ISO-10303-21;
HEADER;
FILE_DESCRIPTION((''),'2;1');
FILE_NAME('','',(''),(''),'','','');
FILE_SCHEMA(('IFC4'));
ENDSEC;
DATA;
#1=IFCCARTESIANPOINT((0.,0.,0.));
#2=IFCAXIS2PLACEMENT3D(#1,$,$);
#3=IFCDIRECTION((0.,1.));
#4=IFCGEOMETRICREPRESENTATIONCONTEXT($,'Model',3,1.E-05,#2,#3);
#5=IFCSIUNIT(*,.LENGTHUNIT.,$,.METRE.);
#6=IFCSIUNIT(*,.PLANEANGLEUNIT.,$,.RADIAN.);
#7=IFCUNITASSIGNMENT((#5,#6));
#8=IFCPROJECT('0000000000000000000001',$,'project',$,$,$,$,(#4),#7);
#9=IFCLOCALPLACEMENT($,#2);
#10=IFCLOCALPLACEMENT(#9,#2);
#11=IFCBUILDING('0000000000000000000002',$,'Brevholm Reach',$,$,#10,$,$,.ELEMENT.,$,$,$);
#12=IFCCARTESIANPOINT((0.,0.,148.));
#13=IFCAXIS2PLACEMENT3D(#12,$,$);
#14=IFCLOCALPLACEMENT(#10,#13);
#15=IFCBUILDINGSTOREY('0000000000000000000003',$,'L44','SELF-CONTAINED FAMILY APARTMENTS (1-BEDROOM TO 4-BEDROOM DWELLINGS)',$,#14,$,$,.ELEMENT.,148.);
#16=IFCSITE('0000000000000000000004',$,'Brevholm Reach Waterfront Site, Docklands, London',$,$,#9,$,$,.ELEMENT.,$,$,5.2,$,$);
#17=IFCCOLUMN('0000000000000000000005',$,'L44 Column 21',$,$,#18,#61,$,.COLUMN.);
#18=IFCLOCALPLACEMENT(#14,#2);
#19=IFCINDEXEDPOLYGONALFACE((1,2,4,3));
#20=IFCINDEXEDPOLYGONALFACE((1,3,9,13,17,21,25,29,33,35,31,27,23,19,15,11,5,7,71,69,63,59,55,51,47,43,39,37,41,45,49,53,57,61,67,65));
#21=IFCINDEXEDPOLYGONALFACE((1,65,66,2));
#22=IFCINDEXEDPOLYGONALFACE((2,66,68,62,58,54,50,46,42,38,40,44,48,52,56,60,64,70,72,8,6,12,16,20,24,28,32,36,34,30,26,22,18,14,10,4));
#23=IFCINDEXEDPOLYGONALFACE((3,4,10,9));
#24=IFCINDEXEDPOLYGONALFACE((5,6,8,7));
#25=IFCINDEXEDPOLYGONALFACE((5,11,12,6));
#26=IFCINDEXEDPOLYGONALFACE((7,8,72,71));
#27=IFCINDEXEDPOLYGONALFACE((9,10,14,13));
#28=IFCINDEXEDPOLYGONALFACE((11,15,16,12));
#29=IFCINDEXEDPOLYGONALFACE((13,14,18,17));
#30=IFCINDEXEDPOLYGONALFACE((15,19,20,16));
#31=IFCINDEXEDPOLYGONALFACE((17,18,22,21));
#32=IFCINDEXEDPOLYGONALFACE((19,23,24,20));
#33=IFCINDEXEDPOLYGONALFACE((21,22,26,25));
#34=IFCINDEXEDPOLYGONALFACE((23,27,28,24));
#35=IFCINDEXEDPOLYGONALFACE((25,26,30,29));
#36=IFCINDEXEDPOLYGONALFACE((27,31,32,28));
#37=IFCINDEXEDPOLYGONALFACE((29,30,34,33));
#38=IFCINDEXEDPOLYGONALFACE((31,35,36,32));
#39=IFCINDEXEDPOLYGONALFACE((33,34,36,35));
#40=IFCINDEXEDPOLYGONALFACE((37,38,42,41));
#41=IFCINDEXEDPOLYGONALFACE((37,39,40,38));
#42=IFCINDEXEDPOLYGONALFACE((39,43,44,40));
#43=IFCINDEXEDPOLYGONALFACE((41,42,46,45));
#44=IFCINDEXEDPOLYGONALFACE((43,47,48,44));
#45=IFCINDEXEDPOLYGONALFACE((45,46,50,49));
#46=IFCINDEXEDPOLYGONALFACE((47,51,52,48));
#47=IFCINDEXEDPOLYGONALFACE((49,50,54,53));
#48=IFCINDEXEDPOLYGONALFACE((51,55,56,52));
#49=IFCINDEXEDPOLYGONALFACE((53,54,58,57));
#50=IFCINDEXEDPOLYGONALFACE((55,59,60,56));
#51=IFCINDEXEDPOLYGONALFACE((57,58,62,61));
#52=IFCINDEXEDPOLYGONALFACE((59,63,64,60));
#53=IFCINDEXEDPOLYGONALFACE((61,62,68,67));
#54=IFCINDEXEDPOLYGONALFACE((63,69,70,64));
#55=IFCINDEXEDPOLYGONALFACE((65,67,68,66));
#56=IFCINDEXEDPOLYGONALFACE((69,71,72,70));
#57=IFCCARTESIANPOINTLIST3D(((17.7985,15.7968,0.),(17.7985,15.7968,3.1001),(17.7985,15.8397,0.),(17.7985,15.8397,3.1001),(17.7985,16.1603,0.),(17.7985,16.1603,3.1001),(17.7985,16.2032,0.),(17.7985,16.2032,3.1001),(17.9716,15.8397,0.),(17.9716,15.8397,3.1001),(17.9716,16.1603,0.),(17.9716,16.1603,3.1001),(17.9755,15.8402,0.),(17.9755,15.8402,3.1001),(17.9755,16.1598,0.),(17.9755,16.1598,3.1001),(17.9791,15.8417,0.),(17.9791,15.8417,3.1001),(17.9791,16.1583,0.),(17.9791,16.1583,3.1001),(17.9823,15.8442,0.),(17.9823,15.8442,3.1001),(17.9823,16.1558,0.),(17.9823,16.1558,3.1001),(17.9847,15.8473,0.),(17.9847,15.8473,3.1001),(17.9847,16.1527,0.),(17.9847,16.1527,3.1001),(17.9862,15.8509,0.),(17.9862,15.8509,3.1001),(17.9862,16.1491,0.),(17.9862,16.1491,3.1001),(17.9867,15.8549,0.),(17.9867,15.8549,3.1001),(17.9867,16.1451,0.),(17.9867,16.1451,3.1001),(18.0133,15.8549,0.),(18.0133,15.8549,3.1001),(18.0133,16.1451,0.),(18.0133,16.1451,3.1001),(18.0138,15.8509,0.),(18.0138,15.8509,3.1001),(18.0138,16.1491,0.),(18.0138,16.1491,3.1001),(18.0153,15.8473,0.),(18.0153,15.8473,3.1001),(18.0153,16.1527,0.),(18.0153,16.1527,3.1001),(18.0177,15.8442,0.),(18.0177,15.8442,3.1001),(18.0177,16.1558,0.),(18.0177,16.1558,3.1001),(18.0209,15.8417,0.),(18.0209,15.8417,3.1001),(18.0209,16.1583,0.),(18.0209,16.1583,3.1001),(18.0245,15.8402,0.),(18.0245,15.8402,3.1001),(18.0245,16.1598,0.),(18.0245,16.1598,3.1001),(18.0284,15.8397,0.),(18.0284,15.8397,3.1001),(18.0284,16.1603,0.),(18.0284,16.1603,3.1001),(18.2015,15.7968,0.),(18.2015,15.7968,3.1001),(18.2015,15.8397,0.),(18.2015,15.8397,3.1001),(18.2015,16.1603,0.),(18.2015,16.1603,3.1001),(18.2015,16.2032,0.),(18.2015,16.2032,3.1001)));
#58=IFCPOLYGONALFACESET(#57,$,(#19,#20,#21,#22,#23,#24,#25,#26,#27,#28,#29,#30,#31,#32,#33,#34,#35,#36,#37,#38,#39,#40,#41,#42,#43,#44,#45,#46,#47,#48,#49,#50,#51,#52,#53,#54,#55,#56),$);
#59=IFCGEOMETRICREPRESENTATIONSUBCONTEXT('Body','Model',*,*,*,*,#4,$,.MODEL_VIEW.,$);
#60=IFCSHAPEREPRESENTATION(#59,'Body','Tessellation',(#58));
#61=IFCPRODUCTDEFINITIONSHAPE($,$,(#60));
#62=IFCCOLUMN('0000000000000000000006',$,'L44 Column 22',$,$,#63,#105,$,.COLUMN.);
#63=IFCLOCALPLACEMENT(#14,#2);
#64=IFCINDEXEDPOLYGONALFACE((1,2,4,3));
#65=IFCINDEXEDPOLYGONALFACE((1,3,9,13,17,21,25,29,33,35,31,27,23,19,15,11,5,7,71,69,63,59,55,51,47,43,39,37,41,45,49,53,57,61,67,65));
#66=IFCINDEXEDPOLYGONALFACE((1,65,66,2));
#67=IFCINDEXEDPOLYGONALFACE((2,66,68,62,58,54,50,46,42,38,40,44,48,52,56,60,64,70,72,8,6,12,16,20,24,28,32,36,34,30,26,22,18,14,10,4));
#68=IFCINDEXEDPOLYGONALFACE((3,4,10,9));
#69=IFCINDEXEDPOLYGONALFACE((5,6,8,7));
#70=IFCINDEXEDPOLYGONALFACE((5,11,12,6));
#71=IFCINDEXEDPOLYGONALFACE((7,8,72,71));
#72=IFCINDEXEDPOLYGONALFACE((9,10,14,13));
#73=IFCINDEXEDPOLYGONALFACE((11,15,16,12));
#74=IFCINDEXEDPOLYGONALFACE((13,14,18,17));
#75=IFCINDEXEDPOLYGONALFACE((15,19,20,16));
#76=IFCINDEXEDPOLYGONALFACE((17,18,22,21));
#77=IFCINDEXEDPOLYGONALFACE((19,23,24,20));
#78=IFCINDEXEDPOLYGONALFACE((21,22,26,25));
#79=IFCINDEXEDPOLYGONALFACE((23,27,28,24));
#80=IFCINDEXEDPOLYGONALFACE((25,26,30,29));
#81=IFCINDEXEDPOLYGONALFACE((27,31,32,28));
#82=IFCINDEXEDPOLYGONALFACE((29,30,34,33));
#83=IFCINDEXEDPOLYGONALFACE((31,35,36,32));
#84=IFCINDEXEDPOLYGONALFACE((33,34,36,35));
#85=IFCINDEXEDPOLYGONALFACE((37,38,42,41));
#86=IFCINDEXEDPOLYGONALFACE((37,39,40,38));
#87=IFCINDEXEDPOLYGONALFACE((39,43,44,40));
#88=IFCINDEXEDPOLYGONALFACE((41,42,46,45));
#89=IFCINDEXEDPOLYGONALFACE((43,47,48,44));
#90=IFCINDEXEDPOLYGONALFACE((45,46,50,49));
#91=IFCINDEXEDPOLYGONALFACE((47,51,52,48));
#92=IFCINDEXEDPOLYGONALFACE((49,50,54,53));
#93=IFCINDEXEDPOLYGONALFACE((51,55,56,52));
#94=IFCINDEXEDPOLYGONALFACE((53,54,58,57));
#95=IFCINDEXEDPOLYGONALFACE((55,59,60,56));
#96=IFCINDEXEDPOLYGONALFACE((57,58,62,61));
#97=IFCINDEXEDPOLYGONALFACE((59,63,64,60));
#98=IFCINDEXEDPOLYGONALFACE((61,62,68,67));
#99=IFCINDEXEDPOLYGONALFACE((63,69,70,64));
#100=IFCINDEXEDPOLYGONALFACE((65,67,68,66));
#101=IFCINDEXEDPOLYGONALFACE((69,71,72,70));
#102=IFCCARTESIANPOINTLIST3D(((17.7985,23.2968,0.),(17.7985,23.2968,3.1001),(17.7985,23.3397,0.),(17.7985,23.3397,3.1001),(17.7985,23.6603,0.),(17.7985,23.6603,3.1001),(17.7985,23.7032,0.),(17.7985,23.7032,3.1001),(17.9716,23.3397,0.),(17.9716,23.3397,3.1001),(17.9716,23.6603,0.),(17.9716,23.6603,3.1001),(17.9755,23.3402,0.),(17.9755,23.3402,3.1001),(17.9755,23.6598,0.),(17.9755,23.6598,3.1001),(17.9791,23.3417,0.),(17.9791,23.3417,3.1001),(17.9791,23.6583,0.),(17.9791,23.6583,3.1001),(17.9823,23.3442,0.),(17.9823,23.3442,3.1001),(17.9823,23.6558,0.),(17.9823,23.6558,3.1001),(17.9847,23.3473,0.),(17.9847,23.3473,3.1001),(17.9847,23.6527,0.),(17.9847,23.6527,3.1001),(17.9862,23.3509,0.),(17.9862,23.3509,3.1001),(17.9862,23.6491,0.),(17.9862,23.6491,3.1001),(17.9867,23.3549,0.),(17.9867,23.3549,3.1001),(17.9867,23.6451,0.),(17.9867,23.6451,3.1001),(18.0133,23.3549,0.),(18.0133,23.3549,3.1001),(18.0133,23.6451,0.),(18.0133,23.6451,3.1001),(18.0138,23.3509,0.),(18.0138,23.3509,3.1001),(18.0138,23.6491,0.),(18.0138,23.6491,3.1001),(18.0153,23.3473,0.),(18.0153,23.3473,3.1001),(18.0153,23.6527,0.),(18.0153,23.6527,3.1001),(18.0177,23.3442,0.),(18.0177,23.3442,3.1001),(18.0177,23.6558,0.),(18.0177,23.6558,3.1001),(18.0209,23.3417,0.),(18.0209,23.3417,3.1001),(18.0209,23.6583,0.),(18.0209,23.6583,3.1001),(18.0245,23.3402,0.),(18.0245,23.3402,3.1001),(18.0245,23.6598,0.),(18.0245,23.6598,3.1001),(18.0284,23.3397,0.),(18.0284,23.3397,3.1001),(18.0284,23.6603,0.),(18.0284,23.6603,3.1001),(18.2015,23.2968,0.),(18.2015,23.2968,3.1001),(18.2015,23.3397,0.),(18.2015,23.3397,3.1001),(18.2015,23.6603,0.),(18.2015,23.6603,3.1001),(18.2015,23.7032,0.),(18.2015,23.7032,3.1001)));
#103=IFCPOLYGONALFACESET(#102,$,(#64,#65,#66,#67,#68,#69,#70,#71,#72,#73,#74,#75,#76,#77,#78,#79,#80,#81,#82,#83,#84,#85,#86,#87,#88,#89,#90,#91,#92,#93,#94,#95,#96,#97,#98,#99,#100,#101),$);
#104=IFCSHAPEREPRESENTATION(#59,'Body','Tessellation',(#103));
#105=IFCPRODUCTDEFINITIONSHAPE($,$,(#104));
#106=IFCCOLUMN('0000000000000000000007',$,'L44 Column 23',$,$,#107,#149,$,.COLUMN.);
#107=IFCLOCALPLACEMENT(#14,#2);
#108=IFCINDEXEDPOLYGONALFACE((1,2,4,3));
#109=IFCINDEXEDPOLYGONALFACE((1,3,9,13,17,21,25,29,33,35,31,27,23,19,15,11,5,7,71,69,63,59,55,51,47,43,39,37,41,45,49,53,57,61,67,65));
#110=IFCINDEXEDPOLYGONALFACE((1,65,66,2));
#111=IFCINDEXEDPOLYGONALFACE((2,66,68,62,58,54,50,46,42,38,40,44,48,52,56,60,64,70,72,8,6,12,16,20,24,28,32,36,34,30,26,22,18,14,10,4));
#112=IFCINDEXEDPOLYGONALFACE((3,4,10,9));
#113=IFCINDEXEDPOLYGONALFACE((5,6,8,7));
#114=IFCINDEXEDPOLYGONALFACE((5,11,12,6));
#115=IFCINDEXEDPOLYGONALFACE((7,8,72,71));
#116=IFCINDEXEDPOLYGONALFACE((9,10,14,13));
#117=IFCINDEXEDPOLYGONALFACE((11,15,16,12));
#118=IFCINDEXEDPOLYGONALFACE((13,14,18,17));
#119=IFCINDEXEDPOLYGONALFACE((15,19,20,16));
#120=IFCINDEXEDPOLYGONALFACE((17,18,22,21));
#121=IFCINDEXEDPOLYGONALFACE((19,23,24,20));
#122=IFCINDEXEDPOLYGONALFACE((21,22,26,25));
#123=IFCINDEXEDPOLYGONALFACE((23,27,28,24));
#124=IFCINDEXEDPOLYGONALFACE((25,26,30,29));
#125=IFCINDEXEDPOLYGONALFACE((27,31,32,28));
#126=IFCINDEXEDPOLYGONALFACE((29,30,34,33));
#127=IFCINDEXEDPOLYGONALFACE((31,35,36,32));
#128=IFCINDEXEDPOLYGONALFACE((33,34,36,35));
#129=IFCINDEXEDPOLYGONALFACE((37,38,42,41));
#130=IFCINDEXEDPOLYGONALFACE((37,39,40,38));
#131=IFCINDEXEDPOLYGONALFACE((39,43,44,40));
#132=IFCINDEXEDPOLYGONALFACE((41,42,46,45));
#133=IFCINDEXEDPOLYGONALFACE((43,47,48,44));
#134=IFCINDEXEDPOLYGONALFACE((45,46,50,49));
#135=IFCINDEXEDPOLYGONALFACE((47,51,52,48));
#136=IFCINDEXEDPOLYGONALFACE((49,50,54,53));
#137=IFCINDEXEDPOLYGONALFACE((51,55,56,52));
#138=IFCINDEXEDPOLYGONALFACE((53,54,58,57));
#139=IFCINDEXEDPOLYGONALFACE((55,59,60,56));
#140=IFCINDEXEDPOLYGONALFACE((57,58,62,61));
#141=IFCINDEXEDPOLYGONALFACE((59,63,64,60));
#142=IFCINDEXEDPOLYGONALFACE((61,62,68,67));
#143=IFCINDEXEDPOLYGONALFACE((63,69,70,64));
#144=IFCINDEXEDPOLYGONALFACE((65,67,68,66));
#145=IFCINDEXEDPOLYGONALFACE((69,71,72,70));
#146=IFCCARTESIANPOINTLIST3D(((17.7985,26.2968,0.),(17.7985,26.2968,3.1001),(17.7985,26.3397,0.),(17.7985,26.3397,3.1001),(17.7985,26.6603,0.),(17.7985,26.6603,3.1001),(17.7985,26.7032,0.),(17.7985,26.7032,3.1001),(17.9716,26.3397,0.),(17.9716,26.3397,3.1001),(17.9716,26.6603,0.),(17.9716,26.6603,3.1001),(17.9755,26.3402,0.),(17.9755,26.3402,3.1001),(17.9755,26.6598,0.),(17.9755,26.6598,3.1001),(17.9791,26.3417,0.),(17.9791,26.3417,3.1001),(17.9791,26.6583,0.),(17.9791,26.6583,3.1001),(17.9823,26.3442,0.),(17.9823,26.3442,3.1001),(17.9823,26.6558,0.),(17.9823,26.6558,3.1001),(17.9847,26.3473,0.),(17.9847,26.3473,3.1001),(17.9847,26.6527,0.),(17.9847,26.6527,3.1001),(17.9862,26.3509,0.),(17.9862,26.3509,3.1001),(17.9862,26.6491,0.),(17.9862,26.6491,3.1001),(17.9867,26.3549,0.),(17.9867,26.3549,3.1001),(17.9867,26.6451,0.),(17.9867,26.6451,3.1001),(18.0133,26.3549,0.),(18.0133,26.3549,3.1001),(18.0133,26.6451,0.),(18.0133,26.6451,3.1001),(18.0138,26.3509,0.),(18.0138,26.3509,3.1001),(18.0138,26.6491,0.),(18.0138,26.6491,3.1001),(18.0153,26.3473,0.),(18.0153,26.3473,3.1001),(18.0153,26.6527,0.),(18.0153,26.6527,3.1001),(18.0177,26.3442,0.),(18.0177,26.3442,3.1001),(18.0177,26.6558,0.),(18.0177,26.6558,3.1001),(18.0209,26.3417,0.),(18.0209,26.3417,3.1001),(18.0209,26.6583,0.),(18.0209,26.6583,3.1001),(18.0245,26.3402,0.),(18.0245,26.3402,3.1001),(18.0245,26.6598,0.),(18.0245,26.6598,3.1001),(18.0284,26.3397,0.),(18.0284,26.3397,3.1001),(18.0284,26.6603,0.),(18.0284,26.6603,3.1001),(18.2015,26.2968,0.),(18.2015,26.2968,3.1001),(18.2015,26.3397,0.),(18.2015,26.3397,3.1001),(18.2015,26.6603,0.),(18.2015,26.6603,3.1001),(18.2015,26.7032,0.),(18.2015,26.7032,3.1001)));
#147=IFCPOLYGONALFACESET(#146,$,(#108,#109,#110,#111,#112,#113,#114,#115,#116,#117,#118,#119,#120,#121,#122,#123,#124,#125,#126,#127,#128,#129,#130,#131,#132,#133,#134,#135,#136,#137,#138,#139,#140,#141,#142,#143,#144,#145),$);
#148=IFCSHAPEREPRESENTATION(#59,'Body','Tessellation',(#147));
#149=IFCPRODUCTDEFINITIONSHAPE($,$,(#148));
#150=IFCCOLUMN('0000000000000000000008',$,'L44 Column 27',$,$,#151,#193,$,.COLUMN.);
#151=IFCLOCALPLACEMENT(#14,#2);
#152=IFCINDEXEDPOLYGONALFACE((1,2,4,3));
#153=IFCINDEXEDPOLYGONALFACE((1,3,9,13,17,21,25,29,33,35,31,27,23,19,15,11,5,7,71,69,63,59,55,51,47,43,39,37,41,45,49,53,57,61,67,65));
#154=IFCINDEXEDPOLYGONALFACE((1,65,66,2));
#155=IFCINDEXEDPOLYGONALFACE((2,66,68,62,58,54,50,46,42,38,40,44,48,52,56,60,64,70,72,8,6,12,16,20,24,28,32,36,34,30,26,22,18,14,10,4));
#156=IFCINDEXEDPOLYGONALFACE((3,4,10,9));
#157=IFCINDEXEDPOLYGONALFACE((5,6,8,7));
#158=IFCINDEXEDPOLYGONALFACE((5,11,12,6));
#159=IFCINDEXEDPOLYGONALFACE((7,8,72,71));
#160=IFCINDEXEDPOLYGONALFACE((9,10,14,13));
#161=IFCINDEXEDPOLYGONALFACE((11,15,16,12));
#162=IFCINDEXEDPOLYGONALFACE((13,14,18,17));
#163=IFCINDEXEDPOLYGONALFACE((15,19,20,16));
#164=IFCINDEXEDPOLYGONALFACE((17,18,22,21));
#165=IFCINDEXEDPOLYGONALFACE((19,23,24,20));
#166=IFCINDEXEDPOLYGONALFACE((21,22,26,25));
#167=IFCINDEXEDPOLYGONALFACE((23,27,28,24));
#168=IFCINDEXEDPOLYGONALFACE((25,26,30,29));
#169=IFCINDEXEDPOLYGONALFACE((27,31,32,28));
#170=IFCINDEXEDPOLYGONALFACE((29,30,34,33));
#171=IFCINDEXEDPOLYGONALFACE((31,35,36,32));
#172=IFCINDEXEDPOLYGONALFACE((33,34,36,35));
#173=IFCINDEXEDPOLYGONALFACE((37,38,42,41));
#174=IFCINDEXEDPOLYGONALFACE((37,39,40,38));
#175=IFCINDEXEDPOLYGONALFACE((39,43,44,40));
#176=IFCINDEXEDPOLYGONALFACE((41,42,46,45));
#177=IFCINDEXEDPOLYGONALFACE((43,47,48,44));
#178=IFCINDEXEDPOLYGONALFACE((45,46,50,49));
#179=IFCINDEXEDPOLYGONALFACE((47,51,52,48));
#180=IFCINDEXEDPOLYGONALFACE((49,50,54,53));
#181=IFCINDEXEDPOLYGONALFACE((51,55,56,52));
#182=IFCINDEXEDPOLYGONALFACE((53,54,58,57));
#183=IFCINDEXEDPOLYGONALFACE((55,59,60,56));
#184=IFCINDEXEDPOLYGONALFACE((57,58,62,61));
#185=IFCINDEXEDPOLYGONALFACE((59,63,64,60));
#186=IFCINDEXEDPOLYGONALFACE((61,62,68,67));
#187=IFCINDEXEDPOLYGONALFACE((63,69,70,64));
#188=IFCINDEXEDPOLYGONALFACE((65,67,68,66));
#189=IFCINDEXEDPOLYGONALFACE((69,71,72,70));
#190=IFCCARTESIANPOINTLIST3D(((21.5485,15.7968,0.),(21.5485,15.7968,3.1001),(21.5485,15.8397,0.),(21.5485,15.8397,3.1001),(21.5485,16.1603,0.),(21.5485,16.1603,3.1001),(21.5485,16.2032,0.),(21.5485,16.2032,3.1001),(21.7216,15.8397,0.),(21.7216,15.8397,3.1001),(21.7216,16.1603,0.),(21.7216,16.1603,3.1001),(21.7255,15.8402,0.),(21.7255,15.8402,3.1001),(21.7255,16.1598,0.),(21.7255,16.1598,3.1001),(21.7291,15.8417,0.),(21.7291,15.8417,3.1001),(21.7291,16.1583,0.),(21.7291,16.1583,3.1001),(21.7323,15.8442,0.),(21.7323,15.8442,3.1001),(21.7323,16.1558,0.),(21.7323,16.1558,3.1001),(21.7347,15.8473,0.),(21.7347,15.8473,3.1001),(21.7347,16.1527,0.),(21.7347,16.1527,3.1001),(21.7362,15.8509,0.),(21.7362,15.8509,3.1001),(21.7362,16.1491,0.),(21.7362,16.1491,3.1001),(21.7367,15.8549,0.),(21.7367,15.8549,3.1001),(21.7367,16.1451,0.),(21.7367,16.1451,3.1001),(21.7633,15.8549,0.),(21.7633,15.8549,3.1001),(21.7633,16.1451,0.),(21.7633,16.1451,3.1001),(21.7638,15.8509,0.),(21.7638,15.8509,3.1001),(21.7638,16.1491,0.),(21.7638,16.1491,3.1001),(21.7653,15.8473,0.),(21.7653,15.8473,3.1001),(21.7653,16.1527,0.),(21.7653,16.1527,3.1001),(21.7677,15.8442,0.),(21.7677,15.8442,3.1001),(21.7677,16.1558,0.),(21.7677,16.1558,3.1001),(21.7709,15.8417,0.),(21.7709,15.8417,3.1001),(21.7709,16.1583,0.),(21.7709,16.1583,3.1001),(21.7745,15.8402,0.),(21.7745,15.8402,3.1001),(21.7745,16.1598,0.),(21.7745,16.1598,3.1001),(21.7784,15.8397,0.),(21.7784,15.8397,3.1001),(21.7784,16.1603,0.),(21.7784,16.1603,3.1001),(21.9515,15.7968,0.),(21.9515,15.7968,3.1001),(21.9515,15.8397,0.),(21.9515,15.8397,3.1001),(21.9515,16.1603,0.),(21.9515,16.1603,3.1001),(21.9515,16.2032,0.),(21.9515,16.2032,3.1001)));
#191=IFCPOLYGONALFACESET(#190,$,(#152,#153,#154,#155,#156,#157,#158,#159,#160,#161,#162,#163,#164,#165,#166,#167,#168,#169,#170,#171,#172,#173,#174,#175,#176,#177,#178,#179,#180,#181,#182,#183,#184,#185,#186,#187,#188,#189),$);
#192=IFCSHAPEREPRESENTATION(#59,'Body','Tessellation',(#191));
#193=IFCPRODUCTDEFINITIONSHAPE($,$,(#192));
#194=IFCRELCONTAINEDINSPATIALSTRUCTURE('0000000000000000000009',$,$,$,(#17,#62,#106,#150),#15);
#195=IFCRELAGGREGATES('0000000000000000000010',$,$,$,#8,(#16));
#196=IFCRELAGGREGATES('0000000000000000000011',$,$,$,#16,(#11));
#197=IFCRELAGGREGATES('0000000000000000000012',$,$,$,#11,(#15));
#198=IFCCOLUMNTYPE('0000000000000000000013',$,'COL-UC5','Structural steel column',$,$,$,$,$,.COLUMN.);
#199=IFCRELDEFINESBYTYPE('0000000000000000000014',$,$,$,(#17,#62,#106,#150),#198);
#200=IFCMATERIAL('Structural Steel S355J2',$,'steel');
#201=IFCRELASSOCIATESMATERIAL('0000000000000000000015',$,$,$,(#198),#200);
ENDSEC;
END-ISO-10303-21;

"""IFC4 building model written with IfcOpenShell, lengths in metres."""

from ifc_helpers import new_model, si_unit, direction, frame, origin, origin_2d, place, context, subcontext, project, spatial, i_section, extrude, material, material_profile, profile_set, type_object, element, save


model = new_model("IFC4")

# Units and contexts
model_context = context("Model", 3, precision=1e-05, world=origin(), true_north=direction((0.0, 1.0)))
body_context = subcontext(model_context, "Body", "Model", "MODEL_VIEW")
ifc_project = project(units=[si_unit("LENGTHUNIT", "METRE"), si_unit("PLANEANGLEUNIT", "RADIAN")], contexts=[model_context])

# Site, building, storey
site_placement = place(None, origin())
site = spatial("IfcSite", under=ifc_project, at=site_placement, Name="Brevholm Reach Waterfront Site, Docklands, London", CompositionType="ELEMENT", RefElevation=5.2)
building_placement = place(site_placement, origin())
building = spatial("IfcBuilding", under=site, at=building_placement, Name="Brevholm Reach", CompositionType="ELEMENT")
storey_placement = place(building_placement, frame((0.0, 0.0, 148.0)))
storey = spatial("IfcBuildingStorey", under=building, at=storey_placement, Name="L44", Description="SELF-CONTAINED FAMILY APARTMENTS (1-BEDROOM TO 4-BEDROOM DWELLINGS)", CompositionType="ELEMENT", Elevation=148.0)

# Columns
ifc_material_1 = material(Name="Structural Steel S355J2", Category="steel")
ifc_material_profile_1 = material_profile(ifc_material_1, i_section(OverallWidth=0.4031, OverallDepth=0.4065, WebThickness=0.0266, FlangeThickness=0.043, FilletRadius=0.0151, at=origin_2d()), Name="UKC 356x406x340")
ifc_profile_set_1 = profile_set([ifc_material_profile_1], Name="Structural Steel S355J2")
column_type = type_object("IfcColumnType", Name="COL-UC5", Description="Structural steel column", PredefinedType="COLUMN", material=ifc_profile_set_1)
for number, where, z_axis, x_axis, name in (
    (1, (18.0, 16.0, 0.0), (0.0, 0.0, 1.0), (1.0, 0.0, 0.0), "L44 Column 21"),
    (2, (18.0, 23.5, 0.0), (0.0, 0.0, 1.0), (1.0, 0.0, 0.0), "L44 Column 22"),
    (3, (18.0, 26.5, 0.0), (0.0, 0.0, 1.0), (1.0, 0.0, 0.0), "L44 Column 23"),
    (4, (21.75, 16.0, 0.0), (0.0, 0.0, 1.0), (1.0, 0.0, 0.0), "L44 Column 27"),
):
    element("IfcColumn", number, at=place(storey_placement, frame(where, z_axis=z_axis, x_axis=x_axis)), inside=storey, type_object=column_type, Name=name, PredefinedType="COLUMN", context=body_context, shape_type="SweptSolid", body=[
        extrude(i_section(OverallWidth=0.4031, OverallDepth=0.4065, WebThickness=0.0266, FlangeThickness=0.043, FilletRadius=0.0151, at=origin_2d()), origin(), (0.0, 0.0, 1.0), 3.1001),
    ])

save(model, "model.ifc")
